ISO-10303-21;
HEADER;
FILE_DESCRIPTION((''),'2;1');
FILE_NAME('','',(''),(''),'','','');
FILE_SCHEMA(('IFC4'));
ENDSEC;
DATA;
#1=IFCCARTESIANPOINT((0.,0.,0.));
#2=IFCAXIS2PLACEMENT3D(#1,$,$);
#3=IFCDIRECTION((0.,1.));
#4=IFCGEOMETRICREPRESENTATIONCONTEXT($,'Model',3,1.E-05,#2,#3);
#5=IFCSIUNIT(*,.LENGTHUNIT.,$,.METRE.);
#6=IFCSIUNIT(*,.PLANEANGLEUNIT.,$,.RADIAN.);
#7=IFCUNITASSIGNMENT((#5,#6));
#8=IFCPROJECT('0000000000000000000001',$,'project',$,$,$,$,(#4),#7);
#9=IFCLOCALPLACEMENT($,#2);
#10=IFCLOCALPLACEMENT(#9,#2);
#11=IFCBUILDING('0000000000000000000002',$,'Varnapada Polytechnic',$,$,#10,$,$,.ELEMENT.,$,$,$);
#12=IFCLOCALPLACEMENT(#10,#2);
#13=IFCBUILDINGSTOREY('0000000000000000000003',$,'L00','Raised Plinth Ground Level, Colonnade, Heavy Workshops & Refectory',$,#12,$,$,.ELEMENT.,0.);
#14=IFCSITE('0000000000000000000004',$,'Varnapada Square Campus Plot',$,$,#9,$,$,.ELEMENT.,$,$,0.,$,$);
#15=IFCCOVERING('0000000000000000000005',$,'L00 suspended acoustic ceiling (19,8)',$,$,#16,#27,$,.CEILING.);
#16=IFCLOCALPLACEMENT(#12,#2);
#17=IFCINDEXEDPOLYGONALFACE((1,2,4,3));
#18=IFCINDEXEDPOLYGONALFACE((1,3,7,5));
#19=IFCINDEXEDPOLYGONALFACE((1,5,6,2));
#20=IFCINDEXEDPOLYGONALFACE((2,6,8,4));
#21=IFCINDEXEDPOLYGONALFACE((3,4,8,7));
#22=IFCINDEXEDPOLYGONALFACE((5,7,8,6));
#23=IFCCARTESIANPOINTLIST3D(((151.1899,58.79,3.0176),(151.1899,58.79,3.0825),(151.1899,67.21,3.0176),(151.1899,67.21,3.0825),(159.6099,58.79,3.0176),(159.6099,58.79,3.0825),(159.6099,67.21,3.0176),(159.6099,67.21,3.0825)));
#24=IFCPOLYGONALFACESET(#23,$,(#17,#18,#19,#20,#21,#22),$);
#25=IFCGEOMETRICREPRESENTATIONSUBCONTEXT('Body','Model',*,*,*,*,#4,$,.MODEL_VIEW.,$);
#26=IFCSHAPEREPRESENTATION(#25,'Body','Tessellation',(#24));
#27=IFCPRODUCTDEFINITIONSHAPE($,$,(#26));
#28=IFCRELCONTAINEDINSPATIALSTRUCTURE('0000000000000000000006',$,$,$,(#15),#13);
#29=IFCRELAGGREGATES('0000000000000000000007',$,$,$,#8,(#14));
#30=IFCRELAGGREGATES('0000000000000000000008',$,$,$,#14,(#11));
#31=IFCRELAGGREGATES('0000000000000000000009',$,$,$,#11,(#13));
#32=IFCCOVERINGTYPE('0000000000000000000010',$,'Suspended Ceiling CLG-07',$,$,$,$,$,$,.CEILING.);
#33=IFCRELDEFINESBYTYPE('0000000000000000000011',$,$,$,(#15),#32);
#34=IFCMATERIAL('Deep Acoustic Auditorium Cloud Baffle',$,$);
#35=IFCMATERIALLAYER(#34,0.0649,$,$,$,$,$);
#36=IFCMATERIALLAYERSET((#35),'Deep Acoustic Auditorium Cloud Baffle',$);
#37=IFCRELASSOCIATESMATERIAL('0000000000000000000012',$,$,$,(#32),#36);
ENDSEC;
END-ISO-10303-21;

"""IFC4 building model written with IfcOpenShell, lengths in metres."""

from ifc_helpers import new_model, si_unit, direction, frame, origin, origin_2d, place, context, subcontext, project, spatial, rectangle, extrude, material, layer, layer_set, type_object, element, save


model = new_model("IFC4")

# Units and contexts
model_context = context("Model", 3, precision=1e-05, world=origin(), true_north=direction((0.0, 1.0)))
body_context = subcontext(model_context, "Body", "Model", "MODEL_VIEW")
ifc_project = project(units=[si_unit("LENGTHUNIT", "METRE"), si_unit("PLANEANGLEUNIT", "RADIAN")], contexts=[model_context])

# Site, building, storey
site_placement = place(None, origin())
site = spatial("IfcSite", under=ifc_project, at=site_placement, Name="Varnapada Square Campus Plot", CompositionType="ELEMENT", RefElevation=0.0)
building_placement = place(site_placement, origin())
building = spatial("IfcBuilding", under=site, at=building_placement, Name="Varnapada Polytechnic", CompositionType="ELEMENT")
storey_placement = place(building_placement, origin())
storey = spatial("IfcBuildingStorey", under=building, at=storey_placement, Name="L00", Description="Raised Plinth Ground Level, Colonnade, Heavy Workshops & Refectory", CompositionType="ELEMENT", Elevation=0.0)

# Covering
ifc_material_1 = material(Name="Deep Acoustic Auditorium Cloud Baffle")
ifc_layer_1 = layer(ifc_material_1, 0.0649)
ifc_layer_set_1 = layer_set([ifc_layer_1], Name="Deep Acoustic Auditorium Cloud Baffle")
covering_type_1 = type_object("IfcCoveringType", Name="Suspended Ceiling CLG-07", PredefinedType="CEILING", material=ifc_layer_set_1)
covering_1_placement = place(storey_placement, frame((155.3999, 63.0, 3.0176), z_axis=(0.0, 0.0, 1.0), x_axis=(1.0, 0.0, 0.0)))
element("IfcCovering", 1, at=covering_1_placement, inside=storey, type_object=covering_type_1, Name="L00 suspended acoustic ceiling (19,8)", PredefinedType="CEILING", context=body_context, shape_type="SweptSolid", body=[
    extrude(rectangle(XDim=8.4199, YDim=8.4199, at=origin_2d()), origin(), (0.0, 0.0, 1.0), 0.0649),
])

save(model, "model.ifc")
